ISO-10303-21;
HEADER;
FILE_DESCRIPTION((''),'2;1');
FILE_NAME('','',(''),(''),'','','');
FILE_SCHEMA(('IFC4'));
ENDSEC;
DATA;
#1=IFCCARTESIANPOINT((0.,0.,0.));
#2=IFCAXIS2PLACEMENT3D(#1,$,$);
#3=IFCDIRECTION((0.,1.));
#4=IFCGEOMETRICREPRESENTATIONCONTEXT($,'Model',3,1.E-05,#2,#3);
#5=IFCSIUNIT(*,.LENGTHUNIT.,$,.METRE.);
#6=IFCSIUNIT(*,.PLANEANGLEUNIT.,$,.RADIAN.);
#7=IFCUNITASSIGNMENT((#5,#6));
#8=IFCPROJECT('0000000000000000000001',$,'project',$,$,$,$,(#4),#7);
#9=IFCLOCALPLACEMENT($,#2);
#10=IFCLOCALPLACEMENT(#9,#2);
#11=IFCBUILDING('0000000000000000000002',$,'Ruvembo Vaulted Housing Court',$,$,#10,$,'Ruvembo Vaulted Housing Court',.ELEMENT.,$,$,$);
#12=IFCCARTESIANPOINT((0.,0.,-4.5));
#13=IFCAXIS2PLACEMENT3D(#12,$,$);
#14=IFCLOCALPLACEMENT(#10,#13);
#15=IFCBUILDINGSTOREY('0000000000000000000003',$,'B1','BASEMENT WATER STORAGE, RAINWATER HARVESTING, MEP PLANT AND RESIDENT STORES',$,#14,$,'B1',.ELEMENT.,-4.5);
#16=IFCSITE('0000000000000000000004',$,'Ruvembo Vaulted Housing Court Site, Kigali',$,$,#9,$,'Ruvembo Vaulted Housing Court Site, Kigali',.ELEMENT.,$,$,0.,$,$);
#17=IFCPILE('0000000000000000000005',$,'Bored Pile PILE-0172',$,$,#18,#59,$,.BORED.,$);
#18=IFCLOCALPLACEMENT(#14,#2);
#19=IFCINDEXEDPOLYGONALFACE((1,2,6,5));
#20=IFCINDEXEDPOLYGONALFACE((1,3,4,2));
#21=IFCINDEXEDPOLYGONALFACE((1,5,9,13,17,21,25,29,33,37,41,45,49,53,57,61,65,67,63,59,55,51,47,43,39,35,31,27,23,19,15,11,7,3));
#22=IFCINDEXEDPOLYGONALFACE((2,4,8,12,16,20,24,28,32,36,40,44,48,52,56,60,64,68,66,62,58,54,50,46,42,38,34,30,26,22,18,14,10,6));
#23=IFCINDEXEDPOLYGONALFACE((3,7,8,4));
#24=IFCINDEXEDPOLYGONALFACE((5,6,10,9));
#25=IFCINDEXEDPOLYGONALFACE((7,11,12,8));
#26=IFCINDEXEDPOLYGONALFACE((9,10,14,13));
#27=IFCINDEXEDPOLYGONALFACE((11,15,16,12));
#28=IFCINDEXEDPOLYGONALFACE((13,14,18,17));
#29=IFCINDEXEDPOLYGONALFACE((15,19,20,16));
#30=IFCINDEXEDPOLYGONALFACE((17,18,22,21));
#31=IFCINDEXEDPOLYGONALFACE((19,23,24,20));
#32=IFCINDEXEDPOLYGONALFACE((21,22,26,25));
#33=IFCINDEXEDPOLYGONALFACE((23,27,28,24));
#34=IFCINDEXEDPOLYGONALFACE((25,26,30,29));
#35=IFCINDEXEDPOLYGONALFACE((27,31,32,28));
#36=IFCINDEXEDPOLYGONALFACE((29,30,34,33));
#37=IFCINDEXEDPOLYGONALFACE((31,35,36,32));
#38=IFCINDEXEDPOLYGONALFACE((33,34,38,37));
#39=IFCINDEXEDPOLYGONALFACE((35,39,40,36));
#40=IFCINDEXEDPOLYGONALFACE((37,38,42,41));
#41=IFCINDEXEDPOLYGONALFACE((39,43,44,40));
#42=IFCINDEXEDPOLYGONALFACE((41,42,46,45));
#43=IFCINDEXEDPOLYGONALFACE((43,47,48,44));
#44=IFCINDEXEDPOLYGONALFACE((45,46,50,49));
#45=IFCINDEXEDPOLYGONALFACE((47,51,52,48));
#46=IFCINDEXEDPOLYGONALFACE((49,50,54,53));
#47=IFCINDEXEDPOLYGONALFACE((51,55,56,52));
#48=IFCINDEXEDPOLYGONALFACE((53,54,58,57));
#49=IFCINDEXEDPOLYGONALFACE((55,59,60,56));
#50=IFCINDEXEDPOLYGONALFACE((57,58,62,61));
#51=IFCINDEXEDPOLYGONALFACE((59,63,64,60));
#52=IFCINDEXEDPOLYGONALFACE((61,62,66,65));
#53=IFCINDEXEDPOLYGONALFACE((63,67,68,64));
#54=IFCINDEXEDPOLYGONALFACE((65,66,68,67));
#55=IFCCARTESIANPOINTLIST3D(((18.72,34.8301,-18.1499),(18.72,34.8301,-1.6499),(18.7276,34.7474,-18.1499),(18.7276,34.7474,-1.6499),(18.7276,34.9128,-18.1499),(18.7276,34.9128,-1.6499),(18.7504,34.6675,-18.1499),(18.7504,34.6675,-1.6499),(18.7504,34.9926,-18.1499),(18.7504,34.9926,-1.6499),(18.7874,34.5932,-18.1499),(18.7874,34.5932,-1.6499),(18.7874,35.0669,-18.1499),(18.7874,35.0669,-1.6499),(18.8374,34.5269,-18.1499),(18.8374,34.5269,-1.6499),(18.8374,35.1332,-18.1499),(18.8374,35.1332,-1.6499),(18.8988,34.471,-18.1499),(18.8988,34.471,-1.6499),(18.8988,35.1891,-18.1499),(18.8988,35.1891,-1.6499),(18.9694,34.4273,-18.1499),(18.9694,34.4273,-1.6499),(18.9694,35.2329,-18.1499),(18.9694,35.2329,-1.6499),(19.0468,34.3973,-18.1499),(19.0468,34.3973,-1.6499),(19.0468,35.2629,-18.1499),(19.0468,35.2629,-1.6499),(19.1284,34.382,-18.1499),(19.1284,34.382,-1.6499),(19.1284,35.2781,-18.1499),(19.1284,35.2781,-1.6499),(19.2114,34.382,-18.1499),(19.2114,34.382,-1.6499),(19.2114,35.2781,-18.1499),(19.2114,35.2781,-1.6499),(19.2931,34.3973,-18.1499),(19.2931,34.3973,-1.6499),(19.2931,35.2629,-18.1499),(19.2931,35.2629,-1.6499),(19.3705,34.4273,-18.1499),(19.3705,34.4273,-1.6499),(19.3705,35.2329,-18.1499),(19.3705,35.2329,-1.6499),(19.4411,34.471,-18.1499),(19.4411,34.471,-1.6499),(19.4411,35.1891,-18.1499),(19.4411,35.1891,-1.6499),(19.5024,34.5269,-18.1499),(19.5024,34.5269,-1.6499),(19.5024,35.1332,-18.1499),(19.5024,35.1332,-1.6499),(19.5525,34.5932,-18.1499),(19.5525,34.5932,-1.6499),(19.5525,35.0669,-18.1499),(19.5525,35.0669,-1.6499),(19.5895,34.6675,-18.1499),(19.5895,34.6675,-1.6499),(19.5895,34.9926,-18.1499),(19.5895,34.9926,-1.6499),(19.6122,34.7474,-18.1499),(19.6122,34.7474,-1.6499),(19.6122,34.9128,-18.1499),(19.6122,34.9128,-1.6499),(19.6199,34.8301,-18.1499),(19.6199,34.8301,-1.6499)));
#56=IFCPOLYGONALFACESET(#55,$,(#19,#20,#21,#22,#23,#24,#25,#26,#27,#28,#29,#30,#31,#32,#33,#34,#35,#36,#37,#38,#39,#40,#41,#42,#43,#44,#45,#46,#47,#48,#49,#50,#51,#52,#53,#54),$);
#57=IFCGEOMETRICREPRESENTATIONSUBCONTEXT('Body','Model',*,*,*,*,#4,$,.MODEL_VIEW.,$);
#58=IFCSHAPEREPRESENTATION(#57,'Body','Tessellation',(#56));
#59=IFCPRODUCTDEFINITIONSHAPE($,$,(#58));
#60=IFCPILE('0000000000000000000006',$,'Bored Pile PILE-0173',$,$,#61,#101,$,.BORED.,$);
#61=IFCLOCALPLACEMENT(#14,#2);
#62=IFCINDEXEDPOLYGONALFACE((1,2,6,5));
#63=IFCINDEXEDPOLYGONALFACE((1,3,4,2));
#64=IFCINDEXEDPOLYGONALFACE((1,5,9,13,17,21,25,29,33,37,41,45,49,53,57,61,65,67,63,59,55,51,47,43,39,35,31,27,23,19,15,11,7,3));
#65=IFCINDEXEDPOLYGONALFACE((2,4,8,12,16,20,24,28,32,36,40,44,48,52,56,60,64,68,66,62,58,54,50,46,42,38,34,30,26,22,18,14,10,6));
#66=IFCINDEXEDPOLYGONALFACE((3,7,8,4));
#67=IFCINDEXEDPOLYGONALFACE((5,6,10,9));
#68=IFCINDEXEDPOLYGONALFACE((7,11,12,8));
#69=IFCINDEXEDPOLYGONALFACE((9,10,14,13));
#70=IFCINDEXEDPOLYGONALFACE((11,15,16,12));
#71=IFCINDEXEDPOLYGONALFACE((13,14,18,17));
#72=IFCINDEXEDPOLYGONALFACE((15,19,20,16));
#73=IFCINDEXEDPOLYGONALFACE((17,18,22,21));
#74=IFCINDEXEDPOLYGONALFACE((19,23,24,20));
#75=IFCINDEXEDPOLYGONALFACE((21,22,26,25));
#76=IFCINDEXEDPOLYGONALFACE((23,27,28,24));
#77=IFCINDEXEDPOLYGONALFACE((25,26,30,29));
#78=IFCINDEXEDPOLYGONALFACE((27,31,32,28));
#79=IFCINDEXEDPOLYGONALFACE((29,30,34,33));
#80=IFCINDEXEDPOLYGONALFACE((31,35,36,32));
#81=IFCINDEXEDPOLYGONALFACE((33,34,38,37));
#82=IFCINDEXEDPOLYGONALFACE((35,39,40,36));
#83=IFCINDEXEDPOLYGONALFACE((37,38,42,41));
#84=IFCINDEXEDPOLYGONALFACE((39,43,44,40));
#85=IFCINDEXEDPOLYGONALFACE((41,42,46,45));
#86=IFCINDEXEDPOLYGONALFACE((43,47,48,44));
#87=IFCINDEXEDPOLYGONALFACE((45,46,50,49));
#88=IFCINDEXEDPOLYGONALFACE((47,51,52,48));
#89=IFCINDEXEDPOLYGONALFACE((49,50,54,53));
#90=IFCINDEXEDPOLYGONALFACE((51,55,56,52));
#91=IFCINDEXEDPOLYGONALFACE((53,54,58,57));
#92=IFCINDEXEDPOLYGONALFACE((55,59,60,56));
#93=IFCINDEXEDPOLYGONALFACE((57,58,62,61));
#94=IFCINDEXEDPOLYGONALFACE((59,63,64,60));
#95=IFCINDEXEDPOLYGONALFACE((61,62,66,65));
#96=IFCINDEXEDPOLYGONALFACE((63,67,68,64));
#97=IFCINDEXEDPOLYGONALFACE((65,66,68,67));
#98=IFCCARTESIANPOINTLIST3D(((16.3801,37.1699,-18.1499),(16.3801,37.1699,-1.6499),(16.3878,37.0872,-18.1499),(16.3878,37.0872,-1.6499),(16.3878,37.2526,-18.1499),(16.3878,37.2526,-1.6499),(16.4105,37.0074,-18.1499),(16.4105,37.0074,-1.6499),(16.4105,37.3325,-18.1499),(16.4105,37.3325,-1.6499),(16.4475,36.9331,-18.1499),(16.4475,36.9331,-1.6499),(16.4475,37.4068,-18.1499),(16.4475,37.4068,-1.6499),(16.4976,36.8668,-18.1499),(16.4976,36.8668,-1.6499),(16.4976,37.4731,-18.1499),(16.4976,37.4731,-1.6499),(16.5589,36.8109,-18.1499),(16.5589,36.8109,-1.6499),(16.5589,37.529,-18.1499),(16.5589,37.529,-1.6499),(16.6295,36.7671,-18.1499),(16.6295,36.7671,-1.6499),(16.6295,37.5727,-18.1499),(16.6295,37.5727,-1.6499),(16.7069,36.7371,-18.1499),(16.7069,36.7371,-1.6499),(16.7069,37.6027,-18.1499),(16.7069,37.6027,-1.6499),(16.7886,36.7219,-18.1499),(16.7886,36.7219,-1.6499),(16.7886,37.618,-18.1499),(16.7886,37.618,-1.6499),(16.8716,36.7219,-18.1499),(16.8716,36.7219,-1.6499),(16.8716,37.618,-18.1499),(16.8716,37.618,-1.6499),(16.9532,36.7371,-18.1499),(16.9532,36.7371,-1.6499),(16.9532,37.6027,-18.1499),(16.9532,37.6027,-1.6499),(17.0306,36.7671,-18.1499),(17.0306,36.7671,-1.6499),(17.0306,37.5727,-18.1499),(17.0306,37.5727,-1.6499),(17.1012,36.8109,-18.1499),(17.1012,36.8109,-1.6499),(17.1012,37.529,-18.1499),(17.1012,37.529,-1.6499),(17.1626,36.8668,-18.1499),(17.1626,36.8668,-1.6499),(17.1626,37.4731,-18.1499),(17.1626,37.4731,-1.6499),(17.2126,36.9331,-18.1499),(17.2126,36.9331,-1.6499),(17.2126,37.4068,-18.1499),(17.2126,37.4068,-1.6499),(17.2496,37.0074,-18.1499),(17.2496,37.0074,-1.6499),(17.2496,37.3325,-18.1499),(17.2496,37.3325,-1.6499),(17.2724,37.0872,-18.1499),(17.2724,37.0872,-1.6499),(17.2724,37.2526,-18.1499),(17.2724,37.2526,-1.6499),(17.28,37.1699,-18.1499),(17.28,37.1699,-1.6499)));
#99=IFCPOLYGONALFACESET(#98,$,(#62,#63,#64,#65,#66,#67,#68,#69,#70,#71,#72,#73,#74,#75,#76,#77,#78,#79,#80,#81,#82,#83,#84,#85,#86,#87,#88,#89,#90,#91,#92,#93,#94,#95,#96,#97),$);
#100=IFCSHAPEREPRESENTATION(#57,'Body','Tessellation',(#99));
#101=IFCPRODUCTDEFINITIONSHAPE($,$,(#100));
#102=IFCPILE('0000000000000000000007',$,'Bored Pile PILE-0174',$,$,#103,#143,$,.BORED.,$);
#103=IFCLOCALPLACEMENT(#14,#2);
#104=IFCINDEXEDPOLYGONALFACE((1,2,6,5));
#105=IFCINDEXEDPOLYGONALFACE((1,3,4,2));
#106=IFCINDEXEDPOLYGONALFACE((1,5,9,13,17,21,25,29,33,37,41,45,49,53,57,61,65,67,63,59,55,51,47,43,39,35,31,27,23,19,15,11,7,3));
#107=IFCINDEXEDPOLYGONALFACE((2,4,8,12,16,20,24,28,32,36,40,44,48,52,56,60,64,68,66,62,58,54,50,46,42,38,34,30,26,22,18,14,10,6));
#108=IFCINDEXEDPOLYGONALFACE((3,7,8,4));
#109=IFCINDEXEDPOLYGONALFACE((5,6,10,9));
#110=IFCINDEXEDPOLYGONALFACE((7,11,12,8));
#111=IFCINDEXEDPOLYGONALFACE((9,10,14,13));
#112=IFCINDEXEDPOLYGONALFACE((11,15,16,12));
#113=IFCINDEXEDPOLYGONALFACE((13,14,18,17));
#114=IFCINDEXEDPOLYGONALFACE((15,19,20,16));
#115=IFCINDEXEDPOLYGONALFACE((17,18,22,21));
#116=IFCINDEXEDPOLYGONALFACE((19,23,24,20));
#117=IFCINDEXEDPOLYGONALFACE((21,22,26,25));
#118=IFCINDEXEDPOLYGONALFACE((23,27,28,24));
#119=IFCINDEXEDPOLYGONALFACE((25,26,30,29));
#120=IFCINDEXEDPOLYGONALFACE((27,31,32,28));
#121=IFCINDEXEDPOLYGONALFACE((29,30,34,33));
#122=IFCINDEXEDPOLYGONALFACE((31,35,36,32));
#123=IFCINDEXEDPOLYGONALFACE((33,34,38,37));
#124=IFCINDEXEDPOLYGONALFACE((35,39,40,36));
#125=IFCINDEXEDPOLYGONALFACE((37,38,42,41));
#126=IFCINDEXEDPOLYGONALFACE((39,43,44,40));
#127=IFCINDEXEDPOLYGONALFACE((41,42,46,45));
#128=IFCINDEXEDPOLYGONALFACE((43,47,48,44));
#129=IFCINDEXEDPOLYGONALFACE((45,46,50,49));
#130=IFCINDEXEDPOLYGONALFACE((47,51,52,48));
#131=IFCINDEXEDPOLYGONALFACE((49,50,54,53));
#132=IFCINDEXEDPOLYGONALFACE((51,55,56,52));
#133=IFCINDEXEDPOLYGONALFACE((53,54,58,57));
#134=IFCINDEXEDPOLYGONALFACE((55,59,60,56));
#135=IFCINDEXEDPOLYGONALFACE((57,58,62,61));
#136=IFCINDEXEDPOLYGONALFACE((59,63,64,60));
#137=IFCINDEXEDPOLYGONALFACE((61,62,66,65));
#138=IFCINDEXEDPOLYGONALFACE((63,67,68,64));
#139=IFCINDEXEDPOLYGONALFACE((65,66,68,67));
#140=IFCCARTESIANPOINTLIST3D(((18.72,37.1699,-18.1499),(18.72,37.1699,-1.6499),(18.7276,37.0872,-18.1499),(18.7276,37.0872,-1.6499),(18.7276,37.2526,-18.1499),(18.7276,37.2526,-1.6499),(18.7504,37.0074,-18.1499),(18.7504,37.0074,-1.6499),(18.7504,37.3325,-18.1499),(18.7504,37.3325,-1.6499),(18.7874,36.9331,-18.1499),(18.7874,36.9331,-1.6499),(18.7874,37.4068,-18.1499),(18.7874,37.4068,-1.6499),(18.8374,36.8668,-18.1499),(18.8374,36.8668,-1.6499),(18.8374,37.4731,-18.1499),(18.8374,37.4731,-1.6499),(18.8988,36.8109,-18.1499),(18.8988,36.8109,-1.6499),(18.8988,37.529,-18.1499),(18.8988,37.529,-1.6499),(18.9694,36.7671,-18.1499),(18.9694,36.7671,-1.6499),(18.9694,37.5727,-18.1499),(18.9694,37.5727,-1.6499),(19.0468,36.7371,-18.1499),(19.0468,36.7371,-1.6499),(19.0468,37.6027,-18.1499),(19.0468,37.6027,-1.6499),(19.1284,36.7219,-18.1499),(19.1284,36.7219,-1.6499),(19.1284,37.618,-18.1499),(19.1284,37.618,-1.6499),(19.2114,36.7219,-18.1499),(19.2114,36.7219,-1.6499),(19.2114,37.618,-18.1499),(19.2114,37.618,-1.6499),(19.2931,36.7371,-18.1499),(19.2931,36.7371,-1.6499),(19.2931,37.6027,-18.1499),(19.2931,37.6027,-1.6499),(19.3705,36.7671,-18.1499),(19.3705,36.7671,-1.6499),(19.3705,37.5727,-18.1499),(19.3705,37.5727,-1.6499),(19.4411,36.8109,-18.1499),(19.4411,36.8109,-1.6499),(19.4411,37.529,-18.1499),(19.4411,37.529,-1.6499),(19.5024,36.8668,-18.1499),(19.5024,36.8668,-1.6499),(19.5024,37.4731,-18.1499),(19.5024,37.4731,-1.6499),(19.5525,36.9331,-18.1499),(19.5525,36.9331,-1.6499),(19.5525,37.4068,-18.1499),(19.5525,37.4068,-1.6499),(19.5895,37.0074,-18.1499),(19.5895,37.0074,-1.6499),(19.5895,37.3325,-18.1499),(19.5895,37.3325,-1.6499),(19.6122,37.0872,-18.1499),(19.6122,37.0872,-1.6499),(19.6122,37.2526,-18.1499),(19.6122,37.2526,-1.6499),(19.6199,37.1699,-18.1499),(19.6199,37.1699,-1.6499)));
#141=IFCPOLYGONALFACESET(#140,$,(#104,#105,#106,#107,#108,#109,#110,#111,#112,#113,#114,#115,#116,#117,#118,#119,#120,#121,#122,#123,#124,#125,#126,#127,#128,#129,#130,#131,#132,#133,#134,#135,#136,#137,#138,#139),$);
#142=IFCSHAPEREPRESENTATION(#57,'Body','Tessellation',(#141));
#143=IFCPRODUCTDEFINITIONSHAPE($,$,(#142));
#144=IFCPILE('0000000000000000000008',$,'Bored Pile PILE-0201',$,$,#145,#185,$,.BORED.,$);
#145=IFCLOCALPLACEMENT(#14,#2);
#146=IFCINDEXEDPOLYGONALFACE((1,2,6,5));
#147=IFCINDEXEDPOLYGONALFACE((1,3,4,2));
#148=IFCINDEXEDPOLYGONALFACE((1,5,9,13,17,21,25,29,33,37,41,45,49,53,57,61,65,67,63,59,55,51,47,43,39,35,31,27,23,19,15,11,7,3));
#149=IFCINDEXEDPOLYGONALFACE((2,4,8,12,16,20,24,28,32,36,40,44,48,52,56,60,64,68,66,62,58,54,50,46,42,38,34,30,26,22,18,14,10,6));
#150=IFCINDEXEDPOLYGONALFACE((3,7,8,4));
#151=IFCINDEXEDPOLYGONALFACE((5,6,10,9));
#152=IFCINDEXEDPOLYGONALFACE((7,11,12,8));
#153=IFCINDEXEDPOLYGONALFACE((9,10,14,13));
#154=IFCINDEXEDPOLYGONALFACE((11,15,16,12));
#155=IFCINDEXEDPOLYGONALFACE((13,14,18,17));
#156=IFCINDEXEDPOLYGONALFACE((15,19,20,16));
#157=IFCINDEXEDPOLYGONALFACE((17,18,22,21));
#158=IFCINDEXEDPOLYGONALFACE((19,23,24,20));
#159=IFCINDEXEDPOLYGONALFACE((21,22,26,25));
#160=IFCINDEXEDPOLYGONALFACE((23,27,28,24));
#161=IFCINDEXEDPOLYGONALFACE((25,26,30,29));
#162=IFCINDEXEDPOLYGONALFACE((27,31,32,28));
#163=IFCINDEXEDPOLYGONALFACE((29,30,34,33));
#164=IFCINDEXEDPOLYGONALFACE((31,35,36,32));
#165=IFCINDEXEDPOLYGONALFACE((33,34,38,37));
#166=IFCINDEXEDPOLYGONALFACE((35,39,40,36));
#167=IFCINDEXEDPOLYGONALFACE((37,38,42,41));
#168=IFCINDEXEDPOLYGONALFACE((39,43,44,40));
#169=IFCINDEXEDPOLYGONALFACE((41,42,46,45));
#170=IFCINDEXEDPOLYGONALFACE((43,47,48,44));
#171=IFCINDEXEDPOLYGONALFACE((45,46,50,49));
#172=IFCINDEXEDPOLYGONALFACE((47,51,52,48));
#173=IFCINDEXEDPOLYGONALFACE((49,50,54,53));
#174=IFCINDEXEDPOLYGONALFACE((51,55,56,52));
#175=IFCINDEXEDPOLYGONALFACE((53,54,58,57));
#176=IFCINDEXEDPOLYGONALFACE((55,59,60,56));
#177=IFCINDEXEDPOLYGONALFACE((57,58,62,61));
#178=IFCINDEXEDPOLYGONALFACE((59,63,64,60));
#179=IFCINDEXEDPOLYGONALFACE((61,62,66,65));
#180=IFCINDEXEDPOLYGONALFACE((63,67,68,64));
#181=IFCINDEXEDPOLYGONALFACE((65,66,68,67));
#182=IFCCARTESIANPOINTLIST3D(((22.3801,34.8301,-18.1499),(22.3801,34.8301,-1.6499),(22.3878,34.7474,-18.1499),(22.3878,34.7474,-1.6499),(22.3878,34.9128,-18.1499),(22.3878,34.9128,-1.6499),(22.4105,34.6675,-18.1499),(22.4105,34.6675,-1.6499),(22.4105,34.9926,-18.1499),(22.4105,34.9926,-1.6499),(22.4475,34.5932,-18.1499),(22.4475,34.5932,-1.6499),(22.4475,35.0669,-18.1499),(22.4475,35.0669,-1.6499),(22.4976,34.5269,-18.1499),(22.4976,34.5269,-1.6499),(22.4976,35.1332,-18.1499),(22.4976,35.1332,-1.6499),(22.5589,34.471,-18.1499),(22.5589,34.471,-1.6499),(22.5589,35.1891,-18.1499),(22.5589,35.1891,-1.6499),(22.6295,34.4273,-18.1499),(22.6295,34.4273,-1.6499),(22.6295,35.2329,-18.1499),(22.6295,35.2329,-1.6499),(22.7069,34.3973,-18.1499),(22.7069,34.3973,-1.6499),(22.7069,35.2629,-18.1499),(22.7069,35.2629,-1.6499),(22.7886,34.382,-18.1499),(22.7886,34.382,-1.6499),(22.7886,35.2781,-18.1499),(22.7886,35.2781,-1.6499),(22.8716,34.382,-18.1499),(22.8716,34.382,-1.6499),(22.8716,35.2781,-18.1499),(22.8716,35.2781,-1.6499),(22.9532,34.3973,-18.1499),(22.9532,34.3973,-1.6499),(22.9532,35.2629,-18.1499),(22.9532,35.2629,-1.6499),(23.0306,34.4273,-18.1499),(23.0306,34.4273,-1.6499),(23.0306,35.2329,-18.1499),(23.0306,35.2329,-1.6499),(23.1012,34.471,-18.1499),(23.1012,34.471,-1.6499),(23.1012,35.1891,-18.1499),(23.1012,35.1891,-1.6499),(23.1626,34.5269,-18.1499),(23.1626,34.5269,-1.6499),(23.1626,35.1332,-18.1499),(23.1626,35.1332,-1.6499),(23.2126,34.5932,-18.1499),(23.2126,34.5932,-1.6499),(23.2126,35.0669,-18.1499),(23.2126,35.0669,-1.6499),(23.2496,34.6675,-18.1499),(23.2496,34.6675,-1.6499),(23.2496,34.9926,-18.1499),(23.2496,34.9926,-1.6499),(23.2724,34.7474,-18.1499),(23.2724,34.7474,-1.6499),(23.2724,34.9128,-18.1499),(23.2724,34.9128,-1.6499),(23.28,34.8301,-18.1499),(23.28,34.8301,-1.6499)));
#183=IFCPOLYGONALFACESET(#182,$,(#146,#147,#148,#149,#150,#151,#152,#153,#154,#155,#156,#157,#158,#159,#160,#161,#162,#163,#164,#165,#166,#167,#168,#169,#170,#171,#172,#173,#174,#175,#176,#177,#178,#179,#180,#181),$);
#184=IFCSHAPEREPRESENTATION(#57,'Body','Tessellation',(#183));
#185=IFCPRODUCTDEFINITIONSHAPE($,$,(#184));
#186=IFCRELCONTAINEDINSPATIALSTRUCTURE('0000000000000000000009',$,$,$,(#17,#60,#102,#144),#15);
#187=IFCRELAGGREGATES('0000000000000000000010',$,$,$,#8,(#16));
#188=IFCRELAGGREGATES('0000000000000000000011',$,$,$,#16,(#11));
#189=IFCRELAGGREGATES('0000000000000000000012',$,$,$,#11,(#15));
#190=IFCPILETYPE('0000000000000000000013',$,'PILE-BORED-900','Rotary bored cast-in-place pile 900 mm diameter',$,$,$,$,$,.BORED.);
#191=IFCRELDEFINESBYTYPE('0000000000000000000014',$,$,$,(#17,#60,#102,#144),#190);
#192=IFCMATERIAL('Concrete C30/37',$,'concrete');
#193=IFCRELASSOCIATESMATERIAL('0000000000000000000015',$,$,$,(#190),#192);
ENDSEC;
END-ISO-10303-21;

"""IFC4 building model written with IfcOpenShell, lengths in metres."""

from ifc_helpers import new_model, si_unit, direction, frame, origin, origin_2d, place, context, subcontext, project, spatial, circle, extrude, material, material_profile, profile_set, type_object, element, save


model = new_model("IFC4")

# Units and contexts
model_context = context("Model", 3, precision=1e-05, world=origin(), true_north=direction((0.0, 1.0)))
body_context = subcontext(model_context, "Body", "Model", "MODEL_VIEW")
ifc_project = project(units=[si_unit("LENGTHUNIT", "METRE"), si_unit("PLANEANGLEUNIT", "RADIAN")], contexts=[model_context])

# Site, building, storey
site_placement = place(None, origin())
site = spatial("IfcSite", under=ifc_project, at=site_placement, Name="Ruvembo Vaulted Housing Court Site, Kigali", LongName="Ruvembo Vaulted Housing Court Site, Kigali", CompositionType="ELEMENT", RefElevation=0.0)
building_placement = place(site_placement, origin())
building = spatial("IfcBuilding", under=site, at=building_placement, Name="Ruvembo Vaulted Housing Court", LongName="Ruvembo Vaulted Housing Court", CompositionType="ELEMENT")
storey_placement = place(building_placement, frame((0.0, 0.0, -4.5)))
storey = spatial("IfcBuildingStorey", under=building, at=storey_placement, Name="B1", Description="BASEMENT WATER STORAGE, RAINWATER HARVESTING, MEP PLANT AND RESIDENT STORES", LongName="B1", CompositionType="ELEMENT", Elevation=-4.5)

# Piles
ifc_material_1 = material(Name="Concrete C30/37", Category="concrete")
ifc_material_profile_1 = material_profile(ifc_material_1, circle(Radius=0.45, at=origin_2d()), Name="PILE D900")
ifc_profile_set_1 = profile_set([ifc_material_profile_1], Name="Concrete C30/37")
pile_type_1 = type_object("IfcPileType", Name="PILE-BORED-900", Description="Rotary bored cast-in-place pile 900 mm diameter", PredefinedType="BORED", material=ifc_profile_set_1)
for number, where, z_axis, x_axis, name in (
    (1, (19.1699, 34.8301, -1.6499), (0.0, 0.0, -1.0), (1.0, 0.0, 0.0), "Bored Pile PILE-0172"),
    (2, (16.8301, 37.1699, -1.6499), (0.0, 0.0, -1.0), (1.0, 0.0, 0.0), "Bored Pile PILE-0173"),
    (3, (19.1699, 37.1699, -1.6499), (0.0, 0.0, -1.0), (1.0, 0.0, 0.0), "Bored Pile PILE-0174"),
    (4, (22.8301, 34.8301, -1.6499), (0.0, 0.0, -1.0), (1.0, 0.0, 0.0), "Bored Pile PILE-0201"),
):
    element("IfcPile", number, at=place(storey_placement, frame(where, z_axis=z_axis, x_axis=x_axis)), inside=storey, type_object=pile_type_1, Name=name, PredefinedType="BORED", context=body_context, shape_type="SweptSolid", body=[
        extrude(circle(Radius=0.45, at=origin_2d()), origin(), (0.0, 0.0, 1.0), 16.5),
    ])

save(model, "model.ifc")
